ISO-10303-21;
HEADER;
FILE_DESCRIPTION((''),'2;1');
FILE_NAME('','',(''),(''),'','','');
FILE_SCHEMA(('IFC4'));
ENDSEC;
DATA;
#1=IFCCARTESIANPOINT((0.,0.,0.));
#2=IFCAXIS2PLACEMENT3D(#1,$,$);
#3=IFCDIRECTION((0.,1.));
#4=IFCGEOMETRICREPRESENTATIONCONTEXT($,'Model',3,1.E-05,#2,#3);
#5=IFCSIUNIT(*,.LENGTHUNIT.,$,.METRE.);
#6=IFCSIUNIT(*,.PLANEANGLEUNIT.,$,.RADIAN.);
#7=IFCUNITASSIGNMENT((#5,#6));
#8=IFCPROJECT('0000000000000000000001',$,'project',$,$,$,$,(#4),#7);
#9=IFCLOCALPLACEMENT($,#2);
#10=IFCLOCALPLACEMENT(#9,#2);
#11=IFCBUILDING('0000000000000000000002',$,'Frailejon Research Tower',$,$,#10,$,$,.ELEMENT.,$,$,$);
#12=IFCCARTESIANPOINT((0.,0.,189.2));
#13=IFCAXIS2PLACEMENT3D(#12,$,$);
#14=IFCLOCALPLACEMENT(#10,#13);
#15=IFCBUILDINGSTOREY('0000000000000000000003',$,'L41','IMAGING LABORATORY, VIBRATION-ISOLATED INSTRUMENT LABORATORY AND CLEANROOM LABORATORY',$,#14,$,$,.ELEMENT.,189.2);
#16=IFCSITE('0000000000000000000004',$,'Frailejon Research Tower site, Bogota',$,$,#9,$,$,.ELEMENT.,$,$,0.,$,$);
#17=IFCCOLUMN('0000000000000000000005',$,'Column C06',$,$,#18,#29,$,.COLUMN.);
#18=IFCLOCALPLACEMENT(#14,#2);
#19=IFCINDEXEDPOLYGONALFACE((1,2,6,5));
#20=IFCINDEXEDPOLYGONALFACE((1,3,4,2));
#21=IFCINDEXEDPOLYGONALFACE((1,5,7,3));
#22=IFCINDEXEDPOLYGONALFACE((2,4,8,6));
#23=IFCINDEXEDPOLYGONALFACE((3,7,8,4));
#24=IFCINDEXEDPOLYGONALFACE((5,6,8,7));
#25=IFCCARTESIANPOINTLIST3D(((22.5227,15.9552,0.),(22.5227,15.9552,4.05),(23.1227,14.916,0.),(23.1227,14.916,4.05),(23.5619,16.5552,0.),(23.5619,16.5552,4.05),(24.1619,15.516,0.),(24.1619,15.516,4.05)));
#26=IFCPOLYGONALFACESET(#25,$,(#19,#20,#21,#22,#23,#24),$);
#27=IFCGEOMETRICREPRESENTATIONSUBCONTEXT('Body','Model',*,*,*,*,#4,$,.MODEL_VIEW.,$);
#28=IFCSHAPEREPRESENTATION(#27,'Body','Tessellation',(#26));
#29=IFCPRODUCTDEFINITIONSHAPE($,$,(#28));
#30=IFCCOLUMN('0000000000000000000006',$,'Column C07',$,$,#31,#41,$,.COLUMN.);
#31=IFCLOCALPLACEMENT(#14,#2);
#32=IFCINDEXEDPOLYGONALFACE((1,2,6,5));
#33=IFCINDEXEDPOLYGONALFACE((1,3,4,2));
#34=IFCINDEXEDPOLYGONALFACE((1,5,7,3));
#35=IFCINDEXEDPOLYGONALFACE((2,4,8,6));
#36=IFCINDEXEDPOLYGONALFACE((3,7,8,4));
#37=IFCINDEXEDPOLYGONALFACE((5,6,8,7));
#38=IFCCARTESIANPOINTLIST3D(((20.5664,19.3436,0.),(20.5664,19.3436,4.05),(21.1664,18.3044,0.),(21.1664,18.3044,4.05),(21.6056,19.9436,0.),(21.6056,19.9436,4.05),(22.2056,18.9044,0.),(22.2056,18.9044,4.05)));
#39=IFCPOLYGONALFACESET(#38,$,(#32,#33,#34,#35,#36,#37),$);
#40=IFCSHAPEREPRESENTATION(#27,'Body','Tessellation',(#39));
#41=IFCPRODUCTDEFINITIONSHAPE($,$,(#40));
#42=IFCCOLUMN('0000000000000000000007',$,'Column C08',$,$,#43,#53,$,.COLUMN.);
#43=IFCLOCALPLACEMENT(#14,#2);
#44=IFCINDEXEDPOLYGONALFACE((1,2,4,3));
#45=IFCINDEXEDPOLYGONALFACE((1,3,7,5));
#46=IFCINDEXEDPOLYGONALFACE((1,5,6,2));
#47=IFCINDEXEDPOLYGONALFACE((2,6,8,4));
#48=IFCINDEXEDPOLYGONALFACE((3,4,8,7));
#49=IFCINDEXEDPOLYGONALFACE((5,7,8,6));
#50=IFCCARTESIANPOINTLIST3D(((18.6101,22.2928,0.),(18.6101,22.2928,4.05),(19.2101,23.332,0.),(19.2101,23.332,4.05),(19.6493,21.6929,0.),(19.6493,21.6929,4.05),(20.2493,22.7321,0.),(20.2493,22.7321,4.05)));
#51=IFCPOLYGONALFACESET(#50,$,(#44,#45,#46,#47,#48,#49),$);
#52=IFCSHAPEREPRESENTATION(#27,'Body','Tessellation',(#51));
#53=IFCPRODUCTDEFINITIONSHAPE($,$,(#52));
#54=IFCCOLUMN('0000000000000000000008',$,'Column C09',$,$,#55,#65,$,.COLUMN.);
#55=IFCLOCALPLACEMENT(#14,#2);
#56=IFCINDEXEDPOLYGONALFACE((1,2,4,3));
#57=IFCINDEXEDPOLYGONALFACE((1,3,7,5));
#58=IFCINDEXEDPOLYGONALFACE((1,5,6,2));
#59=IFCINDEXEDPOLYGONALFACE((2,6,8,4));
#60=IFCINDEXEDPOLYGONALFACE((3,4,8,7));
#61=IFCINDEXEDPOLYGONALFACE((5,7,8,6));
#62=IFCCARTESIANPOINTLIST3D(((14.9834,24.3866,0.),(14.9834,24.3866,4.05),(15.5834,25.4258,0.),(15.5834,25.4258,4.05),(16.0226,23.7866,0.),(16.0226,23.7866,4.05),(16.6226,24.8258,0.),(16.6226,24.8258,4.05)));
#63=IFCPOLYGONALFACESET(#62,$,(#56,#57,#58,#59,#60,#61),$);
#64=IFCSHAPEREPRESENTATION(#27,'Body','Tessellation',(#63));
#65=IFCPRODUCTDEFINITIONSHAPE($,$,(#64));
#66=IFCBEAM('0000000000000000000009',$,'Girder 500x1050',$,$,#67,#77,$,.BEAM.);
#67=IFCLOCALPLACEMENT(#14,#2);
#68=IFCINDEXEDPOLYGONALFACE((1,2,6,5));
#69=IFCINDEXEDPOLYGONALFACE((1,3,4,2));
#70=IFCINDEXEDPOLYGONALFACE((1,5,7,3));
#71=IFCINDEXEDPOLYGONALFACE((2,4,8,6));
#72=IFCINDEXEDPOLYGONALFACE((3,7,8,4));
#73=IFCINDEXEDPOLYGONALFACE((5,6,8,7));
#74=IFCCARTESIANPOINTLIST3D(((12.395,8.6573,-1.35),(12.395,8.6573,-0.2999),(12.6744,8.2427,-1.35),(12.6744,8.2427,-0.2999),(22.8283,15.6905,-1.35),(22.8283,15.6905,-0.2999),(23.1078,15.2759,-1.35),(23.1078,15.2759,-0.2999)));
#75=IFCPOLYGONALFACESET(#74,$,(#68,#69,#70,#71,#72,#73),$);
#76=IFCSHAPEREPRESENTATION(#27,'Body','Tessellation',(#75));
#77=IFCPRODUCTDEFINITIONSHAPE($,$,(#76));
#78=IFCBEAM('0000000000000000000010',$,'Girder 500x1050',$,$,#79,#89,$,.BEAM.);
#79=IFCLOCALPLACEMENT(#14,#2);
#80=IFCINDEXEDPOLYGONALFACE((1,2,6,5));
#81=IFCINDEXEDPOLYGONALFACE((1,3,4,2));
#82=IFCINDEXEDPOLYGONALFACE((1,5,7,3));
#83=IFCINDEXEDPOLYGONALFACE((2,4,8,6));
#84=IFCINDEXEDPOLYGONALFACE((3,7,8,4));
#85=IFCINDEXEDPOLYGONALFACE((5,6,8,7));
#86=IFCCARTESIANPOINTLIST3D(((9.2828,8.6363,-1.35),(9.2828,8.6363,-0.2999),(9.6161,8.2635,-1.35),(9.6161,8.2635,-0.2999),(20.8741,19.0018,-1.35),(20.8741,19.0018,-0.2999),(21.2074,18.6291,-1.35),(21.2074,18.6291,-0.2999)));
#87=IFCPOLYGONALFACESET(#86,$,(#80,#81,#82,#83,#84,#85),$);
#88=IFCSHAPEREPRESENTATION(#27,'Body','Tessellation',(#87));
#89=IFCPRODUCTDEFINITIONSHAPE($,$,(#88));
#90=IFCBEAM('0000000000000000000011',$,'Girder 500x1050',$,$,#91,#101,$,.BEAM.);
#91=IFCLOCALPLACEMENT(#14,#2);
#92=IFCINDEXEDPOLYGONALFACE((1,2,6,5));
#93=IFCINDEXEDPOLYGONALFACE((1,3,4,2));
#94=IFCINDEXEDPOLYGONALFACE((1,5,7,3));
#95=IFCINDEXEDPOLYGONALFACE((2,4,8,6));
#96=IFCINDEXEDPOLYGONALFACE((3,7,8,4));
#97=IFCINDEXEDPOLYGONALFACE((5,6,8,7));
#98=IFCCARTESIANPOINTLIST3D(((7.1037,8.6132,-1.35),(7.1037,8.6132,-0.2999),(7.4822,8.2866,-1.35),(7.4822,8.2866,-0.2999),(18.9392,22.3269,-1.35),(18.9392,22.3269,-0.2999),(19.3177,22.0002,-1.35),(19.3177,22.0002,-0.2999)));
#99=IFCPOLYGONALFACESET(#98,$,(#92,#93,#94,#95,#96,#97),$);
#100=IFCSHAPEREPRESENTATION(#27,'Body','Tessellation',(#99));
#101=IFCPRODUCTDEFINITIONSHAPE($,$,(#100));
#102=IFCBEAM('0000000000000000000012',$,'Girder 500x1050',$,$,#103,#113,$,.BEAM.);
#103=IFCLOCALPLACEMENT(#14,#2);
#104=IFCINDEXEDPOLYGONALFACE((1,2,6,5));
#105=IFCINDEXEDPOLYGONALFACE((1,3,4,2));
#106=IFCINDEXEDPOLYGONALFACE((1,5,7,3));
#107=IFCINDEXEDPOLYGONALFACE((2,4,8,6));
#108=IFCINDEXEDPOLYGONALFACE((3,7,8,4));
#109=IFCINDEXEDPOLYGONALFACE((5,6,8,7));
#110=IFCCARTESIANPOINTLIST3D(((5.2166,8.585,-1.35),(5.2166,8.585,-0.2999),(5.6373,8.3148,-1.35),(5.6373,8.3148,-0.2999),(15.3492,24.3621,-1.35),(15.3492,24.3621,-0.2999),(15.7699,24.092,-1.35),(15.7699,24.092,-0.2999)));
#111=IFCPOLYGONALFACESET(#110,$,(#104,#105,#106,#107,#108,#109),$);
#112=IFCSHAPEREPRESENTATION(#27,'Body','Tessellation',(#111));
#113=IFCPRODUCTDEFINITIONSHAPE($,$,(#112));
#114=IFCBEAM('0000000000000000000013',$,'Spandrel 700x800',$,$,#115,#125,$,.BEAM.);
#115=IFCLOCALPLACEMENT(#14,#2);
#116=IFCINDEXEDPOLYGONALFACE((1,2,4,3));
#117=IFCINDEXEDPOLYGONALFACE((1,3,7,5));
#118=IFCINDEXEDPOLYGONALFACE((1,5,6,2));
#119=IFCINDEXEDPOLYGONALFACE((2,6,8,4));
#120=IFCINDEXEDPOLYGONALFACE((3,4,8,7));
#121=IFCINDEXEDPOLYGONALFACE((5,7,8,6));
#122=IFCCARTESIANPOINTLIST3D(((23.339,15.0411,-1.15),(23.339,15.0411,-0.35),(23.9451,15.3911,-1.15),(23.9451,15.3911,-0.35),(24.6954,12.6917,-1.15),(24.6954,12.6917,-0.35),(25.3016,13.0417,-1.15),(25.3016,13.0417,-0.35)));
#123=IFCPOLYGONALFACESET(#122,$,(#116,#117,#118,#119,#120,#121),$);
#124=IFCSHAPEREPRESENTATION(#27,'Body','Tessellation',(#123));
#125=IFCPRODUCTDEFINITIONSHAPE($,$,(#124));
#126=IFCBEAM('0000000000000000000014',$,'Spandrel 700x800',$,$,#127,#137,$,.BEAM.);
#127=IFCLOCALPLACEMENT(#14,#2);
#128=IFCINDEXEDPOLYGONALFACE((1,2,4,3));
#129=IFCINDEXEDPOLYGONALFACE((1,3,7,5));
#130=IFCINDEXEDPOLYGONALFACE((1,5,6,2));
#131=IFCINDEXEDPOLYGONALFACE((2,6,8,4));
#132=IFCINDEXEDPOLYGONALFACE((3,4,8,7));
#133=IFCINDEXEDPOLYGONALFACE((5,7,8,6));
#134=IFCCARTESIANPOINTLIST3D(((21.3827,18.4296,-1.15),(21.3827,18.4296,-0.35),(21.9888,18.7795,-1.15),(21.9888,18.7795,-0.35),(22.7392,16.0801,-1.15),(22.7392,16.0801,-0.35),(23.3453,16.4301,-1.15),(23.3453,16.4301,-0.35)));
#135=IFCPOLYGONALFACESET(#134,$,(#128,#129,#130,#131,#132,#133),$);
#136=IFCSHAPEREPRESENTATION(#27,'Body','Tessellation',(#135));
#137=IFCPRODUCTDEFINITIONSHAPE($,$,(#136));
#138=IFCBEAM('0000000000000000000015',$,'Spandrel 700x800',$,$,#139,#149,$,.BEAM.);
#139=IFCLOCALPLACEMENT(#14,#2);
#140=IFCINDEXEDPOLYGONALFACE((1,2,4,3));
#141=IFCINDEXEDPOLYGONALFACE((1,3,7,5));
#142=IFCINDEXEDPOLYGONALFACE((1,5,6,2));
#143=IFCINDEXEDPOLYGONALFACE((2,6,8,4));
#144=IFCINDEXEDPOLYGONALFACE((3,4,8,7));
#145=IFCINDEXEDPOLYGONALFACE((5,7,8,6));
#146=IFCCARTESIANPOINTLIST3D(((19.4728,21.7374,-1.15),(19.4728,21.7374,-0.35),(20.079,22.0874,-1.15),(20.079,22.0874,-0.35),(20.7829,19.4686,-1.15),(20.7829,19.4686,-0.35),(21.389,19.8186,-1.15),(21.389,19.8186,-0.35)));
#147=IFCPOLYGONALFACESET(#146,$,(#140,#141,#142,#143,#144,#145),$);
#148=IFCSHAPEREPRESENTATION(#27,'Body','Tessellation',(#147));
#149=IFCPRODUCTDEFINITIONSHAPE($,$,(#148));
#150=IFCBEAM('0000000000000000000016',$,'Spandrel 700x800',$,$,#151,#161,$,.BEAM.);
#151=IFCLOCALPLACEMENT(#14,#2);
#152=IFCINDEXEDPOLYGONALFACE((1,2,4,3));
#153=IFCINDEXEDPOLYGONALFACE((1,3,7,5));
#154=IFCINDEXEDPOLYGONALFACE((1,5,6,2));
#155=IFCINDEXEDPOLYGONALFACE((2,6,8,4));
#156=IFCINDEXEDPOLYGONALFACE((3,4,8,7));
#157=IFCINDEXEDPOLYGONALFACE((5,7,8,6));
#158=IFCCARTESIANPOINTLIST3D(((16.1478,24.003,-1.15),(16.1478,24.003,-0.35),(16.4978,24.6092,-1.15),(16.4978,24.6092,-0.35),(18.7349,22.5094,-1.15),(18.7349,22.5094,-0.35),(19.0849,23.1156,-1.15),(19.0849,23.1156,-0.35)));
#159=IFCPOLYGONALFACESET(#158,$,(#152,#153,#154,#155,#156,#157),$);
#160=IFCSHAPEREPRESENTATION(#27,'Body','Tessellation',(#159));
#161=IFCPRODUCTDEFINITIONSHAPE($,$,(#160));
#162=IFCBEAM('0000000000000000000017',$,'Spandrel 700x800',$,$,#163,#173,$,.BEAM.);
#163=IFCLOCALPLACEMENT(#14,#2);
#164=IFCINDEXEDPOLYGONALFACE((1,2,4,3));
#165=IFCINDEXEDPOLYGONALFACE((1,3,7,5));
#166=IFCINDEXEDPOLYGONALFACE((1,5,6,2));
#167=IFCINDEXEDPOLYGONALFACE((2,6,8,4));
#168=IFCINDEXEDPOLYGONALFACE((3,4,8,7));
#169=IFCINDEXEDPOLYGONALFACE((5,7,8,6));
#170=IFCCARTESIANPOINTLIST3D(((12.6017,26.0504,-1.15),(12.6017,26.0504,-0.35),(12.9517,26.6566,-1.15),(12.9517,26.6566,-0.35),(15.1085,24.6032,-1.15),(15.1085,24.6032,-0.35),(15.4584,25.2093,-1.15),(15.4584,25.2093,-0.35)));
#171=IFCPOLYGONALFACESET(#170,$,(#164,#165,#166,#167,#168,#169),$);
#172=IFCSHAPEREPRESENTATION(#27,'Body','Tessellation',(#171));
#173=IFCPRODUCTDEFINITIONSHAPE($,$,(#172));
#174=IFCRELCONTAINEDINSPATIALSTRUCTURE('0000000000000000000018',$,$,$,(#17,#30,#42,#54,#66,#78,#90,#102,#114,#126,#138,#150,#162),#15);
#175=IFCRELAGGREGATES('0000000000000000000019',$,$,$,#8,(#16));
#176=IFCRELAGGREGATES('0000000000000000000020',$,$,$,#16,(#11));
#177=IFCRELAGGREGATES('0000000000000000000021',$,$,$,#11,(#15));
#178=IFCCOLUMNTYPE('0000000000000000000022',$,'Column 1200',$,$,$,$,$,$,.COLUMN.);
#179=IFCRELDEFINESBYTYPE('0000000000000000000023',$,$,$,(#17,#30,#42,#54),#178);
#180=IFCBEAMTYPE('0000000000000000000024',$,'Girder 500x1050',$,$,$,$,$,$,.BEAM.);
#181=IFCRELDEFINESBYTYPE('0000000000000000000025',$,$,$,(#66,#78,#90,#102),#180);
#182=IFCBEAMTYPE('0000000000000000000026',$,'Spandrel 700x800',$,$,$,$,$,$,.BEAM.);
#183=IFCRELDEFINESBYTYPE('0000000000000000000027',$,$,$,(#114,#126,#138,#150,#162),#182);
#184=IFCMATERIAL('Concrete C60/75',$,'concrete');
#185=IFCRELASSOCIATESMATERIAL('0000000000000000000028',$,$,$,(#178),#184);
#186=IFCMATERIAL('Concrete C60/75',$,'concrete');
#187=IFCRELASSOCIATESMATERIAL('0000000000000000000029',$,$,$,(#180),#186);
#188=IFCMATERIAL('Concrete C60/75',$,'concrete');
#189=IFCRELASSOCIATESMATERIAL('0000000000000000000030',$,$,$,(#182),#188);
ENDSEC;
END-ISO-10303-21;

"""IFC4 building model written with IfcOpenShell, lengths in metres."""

from ifc_helpers import new_model, si_unit, direction, frame, origin, origin_2d, place, context, subcontext, project, spatial, rectangle, extrude, material, material_profile, profile_set, type_object, element, save


model = new_model("IFC4")

# Units and contexts
model_context = context("Model", 3, precision=1e-05, world=origin(), true_north=direction((0.0, 1.0)))
body_context = subcontext(model_context, "Body", "Model", "MODEL_VIEW")
ifc_project = project(units=[si_unit("LENGTHUNIT", "METRE"), si_unit("PLANEANGLEUNIT", "RADIAN")], contexts=[model_context])

# Site, building, storey
site_placement = place(None, origin())
site = spatial("IfcSite", under=ifc_project, at=site_placement, Name="Frailejon Research Tower site, Bogota", CompositionType="ELEMENT", RefElevation=0.0)
building_placement = place(site_placement, origin())
building = spatial("IfcBuilding", under=site, at=building_placement, Name="Frailejon Research Tower", CompositionType="ELEMENT")
storey_placement = place(building_placement, frame((0.0, 0.0, 189.2)))
storey = spatial("IfcBuildingStorey", under=building, at=storey_placement, Name="L41", Description="IMAGING LABORATORY, VIBRATION-ISOLATED INSTRUMENT LABORATORY AND CLEANROOM LABORATORY", CompositionType="ELEMENT", Elevation=189.2)

# Columns
ifc_material_1 = material(Name="Concrete C60/75", Category="concrete")
ifc_material_profile_1 = material_profile(ifc_material_1, rectangle(XDim=1.2, YDim=1.2, at=origin_2d()), Name="Column 1200")
ifc_profile_set_1 = profile_set([ifc_material_profile_1], Name="Concrete C60/75")
column_type = type_object("IfcColumnType", Name="Column 1200", PredefinedType="COLUMN", material=ifc_profile_set_1)
for number, where, z_axis, x_axis, name in (
    (1, (23.3423, 15.7356, 0.0), (0.0, 0.0, 1.0), (-0.5, 0.866025, 0.0), "Column C06"),
    (2, (21.386, 19.124, 0.0), (0.0, 0.0, 1.0), (-0.5, 0.866025, 0.0), "Column C07"),
    (3, (19.4297, 22.5125, 0.0), (0.0, 0.0, 1.0), (-0.866025, 0.5, 0.0), "Column C08"),
    (4, (15.803, 24.6062, 0.0), (0.0, 0.0, 1.0), (-0.866025, 0.5, 0.0), "Column C09"),
):
    element("IfcColumn", number, at=place(storey_placement, frame(where, z_axis=z_axis, x_axis=x_axis)), inside=storey, type_object=column_type, Name=name, PredefinedType="COLUMN", context=body_context, shape_type="SweptSolid", body=[
        extrude(rectangle(XDim=1.2, YDim=1.2, at=origin_2d()), origin(), (0.0, 0.0, 1.0), 4.05),
    ])

# Beams
ifc_material_2 = material(Name="Concrete C60/75", Category="concrete")
ifc_material_profile_2 = material_profile(ifc_material_2, rectangle(XDim=0.5, YDim=1.05, at=origin_2d()), Name="Girder 500x1050")
ifc_profile_set_2 = profile_set([ifc_material_profile_2], Name="Concrete C60/75")
beam_type_1 = type_object("IfcBeamType", Name="Girder 500x1050", PredefinedType="BEAM", material=ifc_profile_set_2)
beam_1_placement = place(storey_placement, frame((22.968, 15.4832, -0.825), z_axis=(-0.829192, -0.558965, 0.0), x_axis=(0.558965, -0.829192, 0.0)))
element("IfcBeam", 5, at=beam_1_placement, inside=storey, type_object=beam_type_1, Name="Girder 500x1050", PredefinedType="BEAM", context=body_context, shape_type="SweptSolid", body=[
    extrude(rectangle(XDim=0.5, YDim=1.05, at=origin_2d()), origin(), (0.0, 0.0, 1.0), 12.5825),
])
beam_2_placement = place(storey_placement, frame((21.0408, 18.8154, -0.825), z_axis=(-0.745423, -0.666592, 0.0), x_axis=(0.666592, -0.745423, 0.0)))
element("IfcBeam", 6, at=beam_2_placement, inside=storey, type_object=beam_type_1, Name="Girder 500x1050", PredefinedType="BEAM", context=body_context, shape_type="SweptSolid", body=[
    extrude(rectangle(XDim=0.5, YDim=1.05, at=origin_2d()), origin(), (0.0, 0.0, 1.0), 15.55),
])
beam_3_placement = place(storey_placement, frame((19.1284, 22.1636, -0.825), z_axis=(-0.653363, -0.757045, 0.0), x_axis=(0.757045, -0.653363, 0.0)))
element("IfcBeam", 7, at=beam_3_placement, inside=storey, type_object=beam_type_1, Name="Girder 500x1050", PredefinedType="BEAM", context=body_context, shape_type="SweptSolid", body=[
    extrude(rectangle(XDim=0.5, YDim=1.05, at=origin_2d()), origin(), (0.0, 0.0, 1.0), 18.1147),
])
beam_4_placement = place(storey_placement, frame((15.5596, 24.2271, -0.825), z_axis=(-0.540386, -0.841417, 0.0), x_axis=(0.841417, -0.540386, 0.0)))
element("IfcBeam", 8, at=beam_4_placement, inside=storey, type_object=beam_type_1, Name="Girder 500x1050", PredefinedType="BEAM", context=body_context, shape_type="SweptSolid", body=[
    extrude(rectangle(XDim=0.5, YDim=1.05, at=origin_2d()), origin(), (0.0, 0.0, 1.0), 18.7507),
])
ifc_material_3 = material(Name="Concrete C60/75", Category="concrete")
ifc_material_profile_3 = material_profile(ifc_material_3, rectangle(XDim=0.7, YDim=0.8, at=origin_2d()), Name="Spandrel 700x800")
ifc_profile_set_3 = profile_set([ifc_material_profile_3], Name="Concrete C60/75")
beam_type_2 = type_object("IfcBeamType", Name="Spandrel 700x800", PredefinedType="BEAM", material=ifc_profile_set_3)
for number, where, z_axis, x_axis, name in (
    (9, (24.9985, 12.8667, -0.75), (-0.500011, 0.866019, 0.0), (-0.866019, -0.500011, 0.0), "Spandrel 700x800"),
    (10, (23.0422, 16.2551, -0.75), (-0.500011, 0.866019, 0.0), (-0.866019, -0.500011, 0.0), "Spandrel 700x800"),
):
    element("IfcBeam", number, at=place(storey_placement, frame(where, z_axis=z_axis, x_axis=x_axis)), inside=storey, type_object=beam_type_2, Name=name, PredefinedType="BEAM", context=body_context, shape_type="SweptSolid", body=[
        extrude(rectangle(XDim=0.7, YDim=0.8, at=origin_2d()), origin(), (0.0, 0.0, 1.0), 2.7129),
    ])
beam_5_placement = place(storey_placement, frame((21.0859, 19.6436, -0.75), z_axis=(-0.500048, 0.865998, 0.0), x_axis=(-0.865998, -0.500048, 0.0)))
element("IfcBeam", 11, at=beam_5_placement, inside=storey, type_object=beam_type_2, Name="Spandrel 700x800", PredefinedType="BEAM", context=body_context, shape_type="SweptSolid", body=[
    extrude(rectangle(XDim=0.7, YDim=0.8, at=origin_2d()), origin(), (0.0, 0.0, 1.0), 2.6199),
])
beam_6_placement = place(storey_placement, frame((18.9099, 22.8125, -0.75), z_axis=(-0.866032, 0.499989, 0.0), x_axis=(-0.499989, -0.866032, 0.0)))
element("IfcBeam", 12, at=beam_6_placement, inside=storey, type_object=beam_type_2, Name="Spandrel 700x800", PredefinedType="BEAM", context=body_context, shape_type="SweptSolid", body=[
    extrude(rectangle(XDim=0.7, YDim=0.8, at=origin_2d()), origin(), (0.0, 0.0, 1.0), 2.9873),
])
beam_7_placement = place(storey_placement, frame((15.2834, 24.9062, -0.75), z_axis=(-0.866034, 0.499985, 0.0), x_axis=(-0.499985, -0.866034, 0.0)))
element("IfcBeam", 13, at=beam_7_placement, inside=storey, type_object=beam_type_2, Name="Spandrel 700x800", PredefinedType="BEAM", context=body_context, shape_type="SweptSolid", body=[
    extrude(rectangle(XDim=0.7, YDim=0.8, at=origin_2d()), origin(), (0.0, 0.0, 1.0), 2.8945),
])

save(model, "model.ifc")
